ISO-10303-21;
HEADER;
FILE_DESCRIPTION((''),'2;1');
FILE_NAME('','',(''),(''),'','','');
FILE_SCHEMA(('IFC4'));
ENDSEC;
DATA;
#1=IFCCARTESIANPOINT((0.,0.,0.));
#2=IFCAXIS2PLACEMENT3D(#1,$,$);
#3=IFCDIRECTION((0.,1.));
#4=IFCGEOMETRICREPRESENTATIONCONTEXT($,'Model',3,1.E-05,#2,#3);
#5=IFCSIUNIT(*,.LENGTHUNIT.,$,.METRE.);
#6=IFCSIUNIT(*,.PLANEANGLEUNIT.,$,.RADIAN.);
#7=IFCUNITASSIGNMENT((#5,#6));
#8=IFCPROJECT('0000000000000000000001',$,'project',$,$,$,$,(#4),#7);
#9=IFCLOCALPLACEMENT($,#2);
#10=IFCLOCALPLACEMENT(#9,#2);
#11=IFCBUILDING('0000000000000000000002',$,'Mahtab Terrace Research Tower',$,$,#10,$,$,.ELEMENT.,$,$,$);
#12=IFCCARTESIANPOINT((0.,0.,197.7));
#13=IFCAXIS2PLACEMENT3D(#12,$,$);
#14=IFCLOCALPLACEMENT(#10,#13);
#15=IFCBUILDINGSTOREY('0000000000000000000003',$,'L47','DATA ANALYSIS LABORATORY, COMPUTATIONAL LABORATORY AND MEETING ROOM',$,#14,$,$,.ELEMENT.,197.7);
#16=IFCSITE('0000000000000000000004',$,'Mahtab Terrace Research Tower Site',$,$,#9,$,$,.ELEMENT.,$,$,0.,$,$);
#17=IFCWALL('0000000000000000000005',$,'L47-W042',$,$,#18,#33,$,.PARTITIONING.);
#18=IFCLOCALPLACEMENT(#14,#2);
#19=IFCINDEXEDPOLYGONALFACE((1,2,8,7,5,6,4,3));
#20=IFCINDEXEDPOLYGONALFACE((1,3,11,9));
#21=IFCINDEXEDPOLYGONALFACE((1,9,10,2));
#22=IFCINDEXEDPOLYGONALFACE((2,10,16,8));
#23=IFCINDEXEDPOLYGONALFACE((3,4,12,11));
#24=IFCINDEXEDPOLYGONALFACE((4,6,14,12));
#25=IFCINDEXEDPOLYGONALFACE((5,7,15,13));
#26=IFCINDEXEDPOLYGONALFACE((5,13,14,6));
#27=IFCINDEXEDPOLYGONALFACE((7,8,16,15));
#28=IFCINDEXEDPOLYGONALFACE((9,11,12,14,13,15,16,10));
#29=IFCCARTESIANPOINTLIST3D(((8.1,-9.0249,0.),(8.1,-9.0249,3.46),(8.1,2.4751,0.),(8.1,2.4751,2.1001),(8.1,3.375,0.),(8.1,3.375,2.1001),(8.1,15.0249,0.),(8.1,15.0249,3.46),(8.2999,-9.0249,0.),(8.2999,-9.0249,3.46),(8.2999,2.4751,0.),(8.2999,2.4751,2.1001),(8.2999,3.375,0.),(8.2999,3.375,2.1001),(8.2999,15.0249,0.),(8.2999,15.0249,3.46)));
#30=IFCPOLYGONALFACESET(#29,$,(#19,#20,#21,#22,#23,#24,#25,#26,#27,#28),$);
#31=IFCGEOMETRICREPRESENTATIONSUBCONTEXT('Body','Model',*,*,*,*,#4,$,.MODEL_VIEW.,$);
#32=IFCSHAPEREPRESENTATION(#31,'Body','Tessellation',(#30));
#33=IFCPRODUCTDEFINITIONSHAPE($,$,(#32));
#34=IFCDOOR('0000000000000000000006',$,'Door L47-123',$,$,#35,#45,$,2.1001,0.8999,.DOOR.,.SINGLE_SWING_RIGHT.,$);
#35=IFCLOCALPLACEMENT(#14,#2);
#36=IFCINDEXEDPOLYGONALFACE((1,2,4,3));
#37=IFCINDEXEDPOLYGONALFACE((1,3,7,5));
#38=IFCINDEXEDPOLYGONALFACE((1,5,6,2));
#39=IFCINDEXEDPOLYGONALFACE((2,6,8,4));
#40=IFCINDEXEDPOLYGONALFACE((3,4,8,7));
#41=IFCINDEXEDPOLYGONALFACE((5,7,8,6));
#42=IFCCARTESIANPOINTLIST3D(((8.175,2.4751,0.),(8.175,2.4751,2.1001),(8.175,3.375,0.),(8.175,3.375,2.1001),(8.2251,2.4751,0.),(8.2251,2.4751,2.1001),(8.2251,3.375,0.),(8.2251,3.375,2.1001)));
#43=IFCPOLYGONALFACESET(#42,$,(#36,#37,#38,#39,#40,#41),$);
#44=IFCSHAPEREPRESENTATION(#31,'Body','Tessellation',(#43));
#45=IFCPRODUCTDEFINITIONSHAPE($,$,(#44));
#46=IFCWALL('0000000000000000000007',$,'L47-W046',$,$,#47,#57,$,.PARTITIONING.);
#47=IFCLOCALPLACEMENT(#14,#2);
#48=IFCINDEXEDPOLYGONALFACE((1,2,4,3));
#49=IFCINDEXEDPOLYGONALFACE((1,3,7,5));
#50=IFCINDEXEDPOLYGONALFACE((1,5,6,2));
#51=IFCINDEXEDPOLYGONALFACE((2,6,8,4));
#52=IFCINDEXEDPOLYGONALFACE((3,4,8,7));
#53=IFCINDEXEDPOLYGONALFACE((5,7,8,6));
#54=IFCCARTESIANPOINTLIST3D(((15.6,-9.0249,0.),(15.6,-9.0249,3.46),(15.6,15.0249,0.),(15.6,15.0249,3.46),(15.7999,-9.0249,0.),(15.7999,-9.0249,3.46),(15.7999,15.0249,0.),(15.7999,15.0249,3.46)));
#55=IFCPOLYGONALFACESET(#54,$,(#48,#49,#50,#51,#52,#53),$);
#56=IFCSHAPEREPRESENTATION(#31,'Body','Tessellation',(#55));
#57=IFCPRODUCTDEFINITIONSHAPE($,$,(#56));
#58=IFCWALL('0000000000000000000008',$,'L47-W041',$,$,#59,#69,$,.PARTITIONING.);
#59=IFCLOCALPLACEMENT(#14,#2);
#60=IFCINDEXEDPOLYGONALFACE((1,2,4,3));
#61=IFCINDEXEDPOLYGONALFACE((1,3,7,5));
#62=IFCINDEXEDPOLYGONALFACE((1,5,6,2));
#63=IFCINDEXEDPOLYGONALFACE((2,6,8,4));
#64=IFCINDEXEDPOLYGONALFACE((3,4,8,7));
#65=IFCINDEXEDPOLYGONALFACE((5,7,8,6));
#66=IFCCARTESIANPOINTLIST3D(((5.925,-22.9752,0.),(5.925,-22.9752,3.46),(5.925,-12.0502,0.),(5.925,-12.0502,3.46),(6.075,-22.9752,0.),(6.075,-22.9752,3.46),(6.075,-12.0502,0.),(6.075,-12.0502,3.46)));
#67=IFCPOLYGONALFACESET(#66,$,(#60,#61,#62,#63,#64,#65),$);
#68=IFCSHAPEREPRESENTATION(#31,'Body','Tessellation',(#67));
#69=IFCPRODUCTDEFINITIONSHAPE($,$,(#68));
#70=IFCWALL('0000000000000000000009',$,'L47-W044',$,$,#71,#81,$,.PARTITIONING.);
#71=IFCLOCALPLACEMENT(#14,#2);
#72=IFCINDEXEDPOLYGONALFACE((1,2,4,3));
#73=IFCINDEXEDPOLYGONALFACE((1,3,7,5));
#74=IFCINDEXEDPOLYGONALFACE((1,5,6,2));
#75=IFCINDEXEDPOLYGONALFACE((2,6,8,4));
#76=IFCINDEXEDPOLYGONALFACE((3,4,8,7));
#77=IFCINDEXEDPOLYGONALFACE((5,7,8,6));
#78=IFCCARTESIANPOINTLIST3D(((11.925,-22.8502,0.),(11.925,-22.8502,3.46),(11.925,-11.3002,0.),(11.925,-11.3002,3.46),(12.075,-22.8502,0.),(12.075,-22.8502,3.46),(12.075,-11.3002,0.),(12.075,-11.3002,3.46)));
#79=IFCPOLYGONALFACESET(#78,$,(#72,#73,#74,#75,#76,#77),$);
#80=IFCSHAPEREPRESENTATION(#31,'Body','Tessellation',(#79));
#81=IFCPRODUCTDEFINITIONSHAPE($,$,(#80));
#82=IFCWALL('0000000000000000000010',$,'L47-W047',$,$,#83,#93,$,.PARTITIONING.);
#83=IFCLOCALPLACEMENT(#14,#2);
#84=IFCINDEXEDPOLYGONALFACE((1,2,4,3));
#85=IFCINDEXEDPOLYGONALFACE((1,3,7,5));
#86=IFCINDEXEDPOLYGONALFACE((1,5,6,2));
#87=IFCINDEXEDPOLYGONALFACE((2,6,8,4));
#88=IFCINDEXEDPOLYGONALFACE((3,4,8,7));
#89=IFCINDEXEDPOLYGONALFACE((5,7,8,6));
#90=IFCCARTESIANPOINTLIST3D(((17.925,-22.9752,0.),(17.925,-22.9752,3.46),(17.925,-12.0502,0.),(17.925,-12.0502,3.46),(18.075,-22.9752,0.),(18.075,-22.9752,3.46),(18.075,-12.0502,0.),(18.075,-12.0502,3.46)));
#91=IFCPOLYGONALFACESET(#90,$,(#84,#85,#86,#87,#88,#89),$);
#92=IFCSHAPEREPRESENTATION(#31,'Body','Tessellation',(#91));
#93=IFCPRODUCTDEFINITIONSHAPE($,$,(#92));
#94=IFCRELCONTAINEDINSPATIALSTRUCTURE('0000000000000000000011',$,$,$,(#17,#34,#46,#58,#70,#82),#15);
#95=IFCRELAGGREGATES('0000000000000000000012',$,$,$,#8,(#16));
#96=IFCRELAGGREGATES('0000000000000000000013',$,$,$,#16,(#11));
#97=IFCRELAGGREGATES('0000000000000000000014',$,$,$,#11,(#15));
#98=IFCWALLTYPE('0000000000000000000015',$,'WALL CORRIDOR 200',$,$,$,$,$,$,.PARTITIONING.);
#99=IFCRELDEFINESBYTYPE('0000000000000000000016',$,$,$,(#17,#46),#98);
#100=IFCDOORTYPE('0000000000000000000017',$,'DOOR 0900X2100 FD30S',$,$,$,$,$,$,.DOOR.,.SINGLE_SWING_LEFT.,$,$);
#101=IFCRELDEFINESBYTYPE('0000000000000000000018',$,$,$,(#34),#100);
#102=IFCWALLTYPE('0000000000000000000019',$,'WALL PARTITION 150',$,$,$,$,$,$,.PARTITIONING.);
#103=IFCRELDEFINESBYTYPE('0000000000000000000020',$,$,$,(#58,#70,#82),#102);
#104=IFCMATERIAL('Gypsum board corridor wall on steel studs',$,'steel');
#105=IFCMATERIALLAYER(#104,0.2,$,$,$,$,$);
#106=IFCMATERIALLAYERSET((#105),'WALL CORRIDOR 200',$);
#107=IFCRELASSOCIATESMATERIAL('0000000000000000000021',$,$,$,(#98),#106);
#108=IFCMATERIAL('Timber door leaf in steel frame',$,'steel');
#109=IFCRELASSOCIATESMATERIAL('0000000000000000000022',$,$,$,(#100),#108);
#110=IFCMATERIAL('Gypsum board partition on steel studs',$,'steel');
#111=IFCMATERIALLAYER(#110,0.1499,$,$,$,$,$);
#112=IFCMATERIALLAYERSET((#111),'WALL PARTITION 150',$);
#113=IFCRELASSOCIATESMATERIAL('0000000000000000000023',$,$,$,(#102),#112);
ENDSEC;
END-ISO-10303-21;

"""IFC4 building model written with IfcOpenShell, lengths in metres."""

from ifc_helpers import new_model, si_unit, direction, frame, frame_2d, origin, place, context, subcontext, project, spatial, rectangle, extrude, material, layer, layer_set, type_object, element, fill, save


model = new_model("IFC4")

# Units and contexts
model_context = context("Model", 3, precision=1e-05, world=origin(), true_north=direction((0.0, 1.0)))
body_context = subcontext(model_context, "Body", "Model", "MODEL_VIEW")
ifc_project = project(units=[si_unit("LENGTHUNIT", "METRE"), si_unit("PLANEANGLEUNIT", "RADIAN")], contexts=[model_context])

# Site, building, storey
site_placement = place(None, origin())
site = spatial("IfcSite", under=ifc_project, at=site_placement, Name="Mahtab Terrace Research Tower Site", CompositionType="ELEMENT", RefElevation=0.0)
building_placement = place(site_placement, origin())
building = spatial("IfcBuilding", under=site, at=building_placement, Name="Mahtab Terrace Research Tower", CompositionType="ELEMENT")
storey_placement = place(building_placement, frame((0.0, 0.0, 197.7)))
storey = spatial("IfcBuildingStorey", under=building, at=storey_placement, Name="L47", Description="DATA ANALYSIS LABORATORY, COMPUTATIONAL LABORATORY AND MEETING ROOM", CompositionType="ELEMENT", Elevation=197.7)

# Shared definitions
ifc_material_1 = material(Name="Gypsum board corridor wall on steel studs", Category="steel")
ifc_layer_1 = layer(ifc_material_1, 0.2)
ifc_layer_set_1 = layer_set([ifc_layer_1], Name="WALL CORRIDOR 200")
wall_type_1 = type_object("IfcWallType", Name="WALL CORRIDOR 200", PredefinedType="PARTITIONING", material=ifc_layer_set_1)
ifc_material_2 = material(Name="Timber door leaf in steel frame", Category="steel")

# Wall, opening, door
wall_1_placement = place(storey_placement, frame((8.2, -9.0249, 0.0), z_axis=(0.0, 0.0, 1.0), x_axis=(0.0, 1.0, 0.0)))
wall_1 = element("IfcWall", 1, at=wall_1_placement, inside=storey, type_object=wall_type_1, Name="L47-W042", PredefinedType="PARTITIONING", context=body_context, shape_type="SweptSolid", body=[
    extrude(rectangle(XDim=24.0498, YDim=0.2, at=frame_2d((12.0249, 0.0))), origin(), (0.0, 0.0, 1.0), 3.46),
])
opening_1_placement = place(wall_1_placement, frame((11.5, 0.0, 0.0)))
opening_1 = element("IfcOpeningElement", 2, at=opening_1_placement, cuts=wall_1, PredefinedType="OPENING", context=body_context, shape_type="SweptSolid", body=[
    extrude(rectangle(XDim=0.8999, YDim=2.1001, at=frame_2d((0.45, 1.05))), frame((0.0, 0.1099, 0.0), z_axis=(0.0, -1.0, 0.0), x_axis=(1.0, 0.0, 0.0)), (0.0, 0.0, 1.0), 0.22),
])
door_type_1 = type_object("IfcDoorType", Name="DOOR 0900X2100 FD30S", OperationType="SINGLE_SWING_LEFT", PredefinedType="DOOR", material=ifc_material_2)
door_1_placement = place(opening_1_placement, origin())
door_1 = element("IfcDoor", 3, at=door_1_placement, inside=storey, type_object=door_type_1, Name="Door L47-123", OperationType="SINGLE_SWING_RIGHT", OverallHeight=2.1001, OverallWidth=0.8999, PredefinedType="DOOR", context=body_context, shape_type="SweptSolid", body=[
    extrude(rectangle(XDim=0.8999, YDim=2.1001, at=frame_2d((0.45, 1.05))), frame((0.0, 0.0249, 0.0), z_axis=(0.0, -1.0, 0.0), x_axis=(1.0, 0.0, 0.0)), (0.0, 0.0, 1.0), 0.05),
])
fill(opening_1, door_1)

# Walls
wall_2_placement = place(storey_placement, frame((15.7, -9.0249, 0.0), z_axis=(0.0, 0.0, 1.0), x_axis=(0.0, 1.0, 0.0)))
element("IfcWall", 4, at=wall_2_placement, inside=storey, type_object=wall_type_1, Name="L47-W046", PredefinedType="PARTITIONING", context=body_context, shape_type="SweptSolid", body=[
    extrude(rectangle(XDim=24.0498, YDim=0.2, at=frame_2d((12.0249, 0.0))), origin(), (0.0, 0.0, 1.0), 3.46),
])
ifc_material_3 = material(Name="Gypsum board partition on steel studs", Category="steel")
ifc_layer_2 = layer(ifc_material_3, 0.1499)
ifc_layer_set_2 = layer_set([ifc_layer_2], Name="WALL PARTITION 150")
wall_type_2 = type_object("IfcWallType", Name="WALL PARTITION 150", PredefinedType="PARTITIONING", material=ifc_layer_set_2)
wall_3_placement = place(storey_placement, frame((6.0, -22.9751, 0.0), z_axis=(0.0, 0.0, 1.0), x_axis=(0.0, 1.0, 0.0)))
element("IfcWall", 5, at=wall_3_placement, inside=storey, type_object=wall_type_2, Name="L47-W041", PredefinedType="PARTITIONING", context=body_context, shape_type="SweptSolid", body=[
    extrude(rectangle(XDim=10.925, YDim=0.1499, at=frame_2d((5.4624, 0.0))), origin(), (0.0, 0.0, 1.0), 3.46),
])
wall_4_placement = place(storey_placement, frame((12.0, -22.8501, 0.0), z_axis=(0.0, 0.0, 1.0), x_axis=(0.0, 1.0, 0.0)))
element("IfcWall", 6, at=wall_4_placement, inside=storey, type_object=wall_type_2, Name="L47-W044", PredefinedType="PARTITIONING", context=body_context, shape_type="SweptSolid", body=[
    extrude(rectangle(XDim=11.55, YDim=0.1499, at=frame_2d((5.7749, 0.0))), origin(), (0.0, 0.0, 1.0), 3.46),
])
wall_5_placement = place(storey_placement, frame((18.0, -22.9751, 0.0), z_axis=(0.0, 0.0, 1.0), x_axis=(0.0, 1.0, 0.0)))
element("IfcWall", 7, at=wall_5_placement, inside=storey, type_object=wall_type_2, Name="L47-W047", PredefinedType="PARTITIONING", context=body_context, shape_type="SweptSolid", body=[
    extrude(rectangle(XDim=10.925, YDim=0.1499, at=frame_2d((5.4624, 0.0))), origin(), (0.0, 0.0, 1.0), 3.46),
])

save(model, "model.ifc")
